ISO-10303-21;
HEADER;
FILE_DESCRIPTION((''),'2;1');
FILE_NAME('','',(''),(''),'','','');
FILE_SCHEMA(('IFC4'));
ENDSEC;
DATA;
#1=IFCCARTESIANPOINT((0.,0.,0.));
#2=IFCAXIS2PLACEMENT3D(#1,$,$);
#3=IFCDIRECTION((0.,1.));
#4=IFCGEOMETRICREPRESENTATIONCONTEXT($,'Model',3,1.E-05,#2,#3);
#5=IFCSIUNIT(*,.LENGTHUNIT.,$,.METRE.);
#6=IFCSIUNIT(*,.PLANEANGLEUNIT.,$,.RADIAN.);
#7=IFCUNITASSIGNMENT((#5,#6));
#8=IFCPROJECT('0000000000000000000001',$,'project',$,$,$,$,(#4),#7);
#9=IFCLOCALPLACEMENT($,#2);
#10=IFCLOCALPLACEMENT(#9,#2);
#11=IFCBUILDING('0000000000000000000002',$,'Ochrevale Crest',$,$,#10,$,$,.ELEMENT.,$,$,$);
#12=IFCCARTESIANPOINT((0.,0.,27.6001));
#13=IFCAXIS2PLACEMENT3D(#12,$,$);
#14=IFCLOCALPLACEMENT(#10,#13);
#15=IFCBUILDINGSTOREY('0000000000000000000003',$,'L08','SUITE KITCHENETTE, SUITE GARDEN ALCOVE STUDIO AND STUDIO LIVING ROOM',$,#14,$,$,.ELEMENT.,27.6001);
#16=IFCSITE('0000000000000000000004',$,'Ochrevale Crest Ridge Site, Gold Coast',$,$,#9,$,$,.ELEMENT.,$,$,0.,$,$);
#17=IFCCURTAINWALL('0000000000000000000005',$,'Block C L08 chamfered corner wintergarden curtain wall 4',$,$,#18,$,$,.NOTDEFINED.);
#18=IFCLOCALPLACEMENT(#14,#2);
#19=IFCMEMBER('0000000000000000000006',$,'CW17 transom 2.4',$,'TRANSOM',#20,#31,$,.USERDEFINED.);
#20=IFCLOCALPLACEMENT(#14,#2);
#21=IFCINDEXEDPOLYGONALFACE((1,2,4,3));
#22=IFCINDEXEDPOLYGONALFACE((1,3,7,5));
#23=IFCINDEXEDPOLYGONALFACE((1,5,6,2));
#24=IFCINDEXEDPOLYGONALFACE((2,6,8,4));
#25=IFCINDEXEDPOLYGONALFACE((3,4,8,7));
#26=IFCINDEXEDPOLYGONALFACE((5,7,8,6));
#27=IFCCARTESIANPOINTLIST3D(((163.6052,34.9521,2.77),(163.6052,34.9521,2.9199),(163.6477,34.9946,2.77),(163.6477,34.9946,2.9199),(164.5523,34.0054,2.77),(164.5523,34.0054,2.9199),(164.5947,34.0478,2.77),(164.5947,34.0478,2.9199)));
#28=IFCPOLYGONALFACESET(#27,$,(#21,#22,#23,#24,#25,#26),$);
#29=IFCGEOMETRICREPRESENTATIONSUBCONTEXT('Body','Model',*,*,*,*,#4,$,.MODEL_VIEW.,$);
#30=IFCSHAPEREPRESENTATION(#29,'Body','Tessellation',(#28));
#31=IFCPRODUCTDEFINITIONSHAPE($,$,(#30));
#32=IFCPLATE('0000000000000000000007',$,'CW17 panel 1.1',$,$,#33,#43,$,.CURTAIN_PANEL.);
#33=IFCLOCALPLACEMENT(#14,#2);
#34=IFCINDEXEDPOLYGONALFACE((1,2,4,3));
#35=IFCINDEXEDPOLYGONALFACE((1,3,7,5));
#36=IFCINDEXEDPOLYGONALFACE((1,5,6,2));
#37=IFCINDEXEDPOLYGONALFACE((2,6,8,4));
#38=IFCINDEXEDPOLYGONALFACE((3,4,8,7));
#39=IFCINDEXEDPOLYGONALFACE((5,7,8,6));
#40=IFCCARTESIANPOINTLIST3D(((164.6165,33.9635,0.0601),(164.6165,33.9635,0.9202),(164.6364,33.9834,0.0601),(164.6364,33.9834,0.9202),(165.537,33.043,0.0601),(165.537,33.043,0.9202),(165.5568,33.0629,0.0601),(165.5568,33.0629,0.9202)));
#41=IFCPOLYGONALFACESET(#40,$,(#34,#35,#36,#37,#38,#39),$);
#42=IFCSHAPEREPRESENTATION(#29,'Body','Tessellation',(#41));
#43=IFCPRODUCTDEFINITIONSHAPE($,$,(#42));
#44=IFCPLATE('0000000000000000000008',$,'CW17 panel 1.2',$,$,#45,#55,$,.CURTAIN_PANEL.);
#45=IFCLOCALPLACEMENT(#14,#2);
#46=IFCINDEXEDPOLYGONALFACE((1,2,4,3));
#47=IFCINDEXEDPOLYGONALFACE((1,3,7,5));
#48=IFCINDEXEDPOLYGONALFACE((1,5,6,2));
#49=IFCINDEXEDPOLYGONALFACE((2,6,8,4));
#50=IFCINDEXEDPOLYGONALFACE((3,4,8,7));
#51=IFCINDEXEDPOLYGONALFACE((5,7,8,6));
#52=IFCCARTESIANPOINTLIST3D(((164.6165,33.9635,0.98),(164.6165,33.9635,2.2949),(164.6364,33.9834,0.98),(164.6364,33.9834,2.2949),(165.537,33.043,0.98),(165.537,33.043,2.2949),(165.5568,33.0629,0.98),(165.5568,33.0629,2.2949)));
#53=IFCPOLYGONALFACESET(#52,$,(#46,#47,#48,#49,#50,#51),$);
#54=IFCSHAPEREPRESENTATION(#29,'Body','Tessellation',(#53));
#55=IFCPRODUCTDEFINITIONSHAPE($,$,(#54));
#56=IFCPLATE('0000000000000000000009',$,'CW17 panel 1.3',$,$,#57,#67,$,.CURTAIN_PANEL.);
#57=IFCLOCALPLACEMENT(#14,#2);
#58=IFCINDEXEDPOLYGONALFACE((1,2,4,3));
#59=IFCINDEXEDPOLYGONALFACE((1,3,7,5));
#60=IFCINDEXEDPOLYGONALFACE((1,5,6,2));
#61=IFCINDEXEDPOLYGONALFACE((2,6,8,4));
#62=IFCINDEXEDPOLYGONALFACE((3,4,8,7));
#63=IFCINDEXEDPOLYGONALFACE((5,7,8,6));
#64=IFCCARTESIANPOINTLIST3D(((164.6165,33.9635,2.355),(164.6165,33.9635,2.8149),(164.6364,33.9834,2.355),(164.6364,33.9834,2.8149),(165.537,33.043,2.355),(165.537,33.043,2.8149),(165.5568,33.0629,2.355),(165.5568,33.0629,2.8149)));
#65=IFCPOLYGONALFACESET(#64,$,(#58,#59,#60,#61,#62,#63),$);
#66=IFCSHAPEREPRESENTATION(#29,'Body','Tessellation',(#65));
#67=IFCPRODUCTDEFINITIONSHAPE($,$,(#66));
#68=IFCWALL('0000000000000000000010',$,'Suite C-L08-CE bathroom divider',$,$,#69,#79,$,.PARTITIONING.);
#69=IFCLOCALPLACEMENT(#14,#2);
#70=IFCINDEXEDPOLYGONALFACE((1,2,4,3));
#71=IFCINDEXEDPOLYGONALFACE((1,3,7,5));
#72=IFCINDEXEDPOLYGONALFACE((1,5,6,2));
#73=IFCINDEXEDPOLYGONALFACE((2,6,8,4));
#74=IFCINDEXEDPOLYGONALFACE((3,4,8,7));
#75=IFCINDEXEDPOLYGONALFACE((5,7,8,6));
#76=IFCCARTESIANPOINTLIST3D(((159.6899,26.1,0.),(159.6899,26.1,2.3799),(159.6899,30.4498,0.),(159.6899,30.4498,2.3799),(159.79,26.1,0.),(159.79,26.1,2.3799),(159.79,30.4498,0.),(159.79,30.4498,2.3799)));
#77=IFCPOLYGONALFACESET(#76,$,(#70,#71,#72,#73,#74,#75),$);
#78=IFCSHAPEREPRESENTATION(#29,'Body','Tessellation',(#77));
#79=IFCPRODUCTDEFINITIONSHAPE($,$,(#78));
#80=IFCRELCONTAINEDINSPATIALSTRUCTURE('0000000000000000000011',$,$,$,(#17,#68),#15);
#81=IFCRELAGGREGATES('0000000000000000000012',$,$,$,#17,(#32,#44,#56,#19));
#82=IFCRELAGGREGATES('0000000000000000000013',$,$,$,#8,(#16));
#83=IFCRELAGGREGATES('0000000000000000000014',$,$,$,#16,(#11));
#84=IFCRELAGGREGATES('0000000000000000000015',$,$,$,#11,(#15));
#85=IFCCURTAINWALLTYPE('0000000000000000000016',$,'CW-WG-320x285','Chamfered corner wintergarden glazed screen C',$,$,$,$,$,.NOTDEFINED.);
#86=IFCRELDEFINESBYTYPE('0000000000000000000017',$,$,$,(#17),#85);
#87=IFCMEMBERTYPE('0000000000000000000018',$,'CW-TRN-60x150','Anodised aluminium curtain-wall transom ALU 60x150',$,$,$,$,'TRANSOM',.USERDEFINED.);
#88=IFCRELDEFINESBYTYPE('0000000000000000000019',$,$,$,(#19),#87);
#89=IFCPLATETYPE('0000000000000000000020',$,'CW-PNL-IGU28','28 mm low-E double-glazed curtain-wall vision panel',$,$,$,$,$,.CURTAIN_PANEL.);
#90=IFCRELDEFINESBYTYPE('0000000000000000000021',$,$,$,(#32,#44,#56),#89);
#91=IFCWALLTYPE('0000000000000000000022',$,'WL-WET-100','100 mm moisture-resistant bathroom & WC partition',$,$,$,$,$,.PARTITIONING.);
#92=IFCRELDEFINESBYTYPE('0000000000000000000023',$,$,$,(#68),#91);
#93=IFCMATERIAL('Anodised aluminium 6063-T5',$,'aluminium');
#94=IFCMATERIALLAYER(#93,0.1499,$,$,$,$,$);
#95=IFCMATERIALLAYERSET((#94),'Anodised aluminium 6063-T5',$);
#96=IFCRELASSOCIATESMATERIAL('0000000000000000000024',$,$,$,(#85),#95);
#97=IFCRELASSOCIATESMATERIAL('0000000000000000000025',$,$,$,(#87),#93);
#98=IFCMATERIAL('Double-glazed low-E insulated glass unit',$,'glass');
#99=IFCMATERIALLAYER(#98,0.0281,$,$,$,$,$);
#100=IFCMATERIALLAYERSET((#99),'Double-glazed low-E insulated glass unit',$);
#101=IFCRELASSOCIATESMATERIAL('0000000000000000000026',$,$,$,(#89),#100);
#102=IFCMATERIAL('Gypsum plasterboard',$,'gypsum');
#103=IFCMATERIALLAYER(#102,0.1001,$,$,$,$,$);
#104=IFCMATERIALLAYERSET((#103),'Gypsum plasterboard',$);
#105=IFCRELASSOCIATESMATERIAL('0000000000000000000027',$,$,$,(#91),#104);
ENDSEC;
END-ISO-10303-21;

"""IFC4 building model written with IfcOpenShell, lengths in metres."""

from ifc_helpers import new_model, si_unit, direction, frame, frame_2d, origin, origin_2d, place, context, subcontext, project, spatial, rectangle, extrude, material, layer, layer_set, material_profile, profile_set, type_object, element, aggregate, save


model = new_model("IFC4")

# Units and contexts
model_context = context("Model", 3, precision=1e-05, world=origin(), true_north=direction((0.0, 1.0)))
body_context = subcontext(model_context, "Body", "Model", "MODEL_VIEW")
ifc_project = project(units=[si_unit("LENGTHUNIT", "METRE"), si_unit("PLANEANGLEUNIT", "RADIAN")], contexts=[model_context])

# Site, building, storey
site_placement = place(None, origin())
site = spatial("IfcSite", under=ifc_project, at=site_placement, Name="Ochrevale Crest Ridge Site, Gold Coast", CompositionType="ELEMENT", RefElevation=0.0)
building_placement = place(site_placement, origin())
building = spatial("IfcBuilding", under=site, at=building_placement, Name="Ochrevale Crest", CompositionType="ELEMENT")
storey_placement = place(building_placement, frame((0.0, 0.0, 27.6001)))
storey = spatial("IfcBuildingStorey", under=building, at=storey_placement, Name="L08", Description="SUITE KITCHENETTE, SUITE GARDEN ALCOVE STUDIO AND STUDIO LIVING ROOM", CompositionType="ELEMENT", Elevation=27.6001)

# Curtain wall, member, plates
ifc_material_1 = material(Name="Anodised aluminium 6063-T5", Category="aluminium")
ifc_layer_1 = layer(ifc_material_1, 0.1499)
ifc_layer_set_1 = layer_set([ifc_layer_1], Name="Anodised aluminium 6063-T5")
curtain_wall_type = type_object("IfcCurtainWallType", Name="CW-WG-320x285", Description="Chamfered corner wintergarden glazed screen C", PredefinedType="NOTDEFINED", material=ifc_layer_set_1)
curtain_wall_placement = place(storey_placement, origin())
curtain_wall = element("IfcCurtainWall", 1, at=curtain_wall_placement, inside=storey, type_object=curtain_wall_type, Name="Block C L08 chamfered corner wintergarden curtain wall 4", PredefinedType="NOTDEFINED")
ifc_material_profile_1 = material_profile(ifc_material_1, rectangle(XDim=0.0601, YDim=0.1499, at=origin_2d()), Name="ALU 60x150")
ifc_profile_set_1 = profile_set([ifc_material_profile_1], Name="Anodised aluminium 6063-T5")
member_type_1 = type_object("IfcMemberType", Name="CW-TRN-60x150", Description="Anodised aluminium curtain-wall transom ALU 60x150", ElementType="TRANSOM", PredefinedType="USERDEFINED", material=ifc_profile_set_1)
member_1_placement = place(storey_placement, frame((164.5735, 34.0266, 2.845), z_axis=(-0.707198, 0.707016, 0.0), x_axis=(-0.707016, -0.707198, 0.0)))
member_1 = element("IfcMember", 2, at=member_1_placement, type_object=member_type_1, Name="CW17 transom 2.4", ObjectType="TRANSOM", PredefinedType="USERDEFINED", context=body_context, shape_type="SweptSolid", body=[
    extrude(rectangle(XDim=0.0601, YDim=0.1499, at=origin_2d()), origin(), (0.0, 0.0, 1.0), 1.3391),
])
ifc_material_2 = material(Name="Double-glazed low-E insulated glass unit", Category="glass")
ifc_layer_2 = layer(ifc_material_2, 0.0281)
ifc_layer_set_2 = layer_set([ifc_layer_2], Name="Double-glazed low-E insulated glass unit")
plate_type = type_object("IfcPlateType", Name="CW-PNL-IGU28", Description="28 mm low-E double-glazed curtain-wall vision panel", PredefinedType="CURTAIN_PANEL", material=ifc_layer_set_2)
plate_1_placement = place(storey_placement, frame((165.0867, 33.5132, 0.0601), z_axis=(0.0, 0.0, 1.0), x_axis=(-0.707107, 0.707107, 0.0)))
plate_1 = element("IfcPlate", 3, at=plate_1_placement, type_object=plate_type, Name="CW17 panel 1.1", PredefinedType="CURTAIN_PANEL", context=body_context, shape_type="SweptSolid", body=[
    extrude(rectangle(XDim=1.3018, YDim=0.0281, at=origin_2d()), origin(), (0.0, 0.0, 1.0), 0.8601),
])
plate_2_placement = place(storey_placement, frame((165.0867, 33.5132, 0.98), z_axis=(0.0, 0.0, 1.0), x_axis=(-0.707107, 0.707107, 0.0)))
plate_2 = element("IfcPlate", 4, at=plate_2_placement, type_object=plate_type, Name="CW17 panel 1.2", PredefinedType="CURTAIN_PANEL", context=body_context, shape_type="SweptSolid", body=[
    extrude(rectangle(XDim=1.3018, YDim=0.0281, at=origin_2d()), origin(), (0.0, 0.0, 1.0), 1.3149),
])
plate_3_placement = place(storey_placement, frame((165.0867, 33.5132, 2.355), z_axis=(0.0, 0.0, 1.0), x_axis=(-0.707107, 0.707107, 0.0)))
plate_3 = element("IfcPlate", 5, at=plate_3_placement, type_object=plate_type, Name="CW17 panel 1.3", PredefinedType="CURTAIN_PANEL", context=body_context, shape_type="SweptSolid", body=[
    extrude(rectangle(XDim=1.3018, YDim=0.0281, at=origin_2d()), origin(), (0.0, 0.0, 1.0), 0.46),
])
aggregate(curtain_wall, [plate_1, plate_2, plate_3, member_1])

# Wall
ifc_material_3 = material(Name="Gypsum plasterboard", Category="gypsum")
ifc_layer_3 = layer(ifc_material_3, 0.1001)
ifc_layer_set_3 = layer_set([ifc_layer_3], Name="Gypsum plasterboard")
wall_type = type_object("IfcWallType", Name="WL-WET-100", Description="100 mm moisture-resistant bathroom & WC partition", PredefinedType="PARTITIONING", material=ifc_layer_set_3)
wall_placement = place(storey_placement, frame((159.74, 26.1001, 0.0), z_axis=(0.0, 0.0, 1.0), x_axis=(0.0, 1.0, 0.0)))
element("IfcWall", 6, at=wall_placement, inside=storey, type_object=wall_type, Name="Suite C-L08-CE bathroom divider", PredefinedType="PARTITIONING", context=body_context, shape_type="SweptSolid", body=[
    extrude(rectangle(XDim=4.3499, YDim=0.1001, at=frame_2d((2.1748, 0.0))), origin(), (0.0, 0.0, 1.0), 2.3799),
])

save(model, "model.ifc")
